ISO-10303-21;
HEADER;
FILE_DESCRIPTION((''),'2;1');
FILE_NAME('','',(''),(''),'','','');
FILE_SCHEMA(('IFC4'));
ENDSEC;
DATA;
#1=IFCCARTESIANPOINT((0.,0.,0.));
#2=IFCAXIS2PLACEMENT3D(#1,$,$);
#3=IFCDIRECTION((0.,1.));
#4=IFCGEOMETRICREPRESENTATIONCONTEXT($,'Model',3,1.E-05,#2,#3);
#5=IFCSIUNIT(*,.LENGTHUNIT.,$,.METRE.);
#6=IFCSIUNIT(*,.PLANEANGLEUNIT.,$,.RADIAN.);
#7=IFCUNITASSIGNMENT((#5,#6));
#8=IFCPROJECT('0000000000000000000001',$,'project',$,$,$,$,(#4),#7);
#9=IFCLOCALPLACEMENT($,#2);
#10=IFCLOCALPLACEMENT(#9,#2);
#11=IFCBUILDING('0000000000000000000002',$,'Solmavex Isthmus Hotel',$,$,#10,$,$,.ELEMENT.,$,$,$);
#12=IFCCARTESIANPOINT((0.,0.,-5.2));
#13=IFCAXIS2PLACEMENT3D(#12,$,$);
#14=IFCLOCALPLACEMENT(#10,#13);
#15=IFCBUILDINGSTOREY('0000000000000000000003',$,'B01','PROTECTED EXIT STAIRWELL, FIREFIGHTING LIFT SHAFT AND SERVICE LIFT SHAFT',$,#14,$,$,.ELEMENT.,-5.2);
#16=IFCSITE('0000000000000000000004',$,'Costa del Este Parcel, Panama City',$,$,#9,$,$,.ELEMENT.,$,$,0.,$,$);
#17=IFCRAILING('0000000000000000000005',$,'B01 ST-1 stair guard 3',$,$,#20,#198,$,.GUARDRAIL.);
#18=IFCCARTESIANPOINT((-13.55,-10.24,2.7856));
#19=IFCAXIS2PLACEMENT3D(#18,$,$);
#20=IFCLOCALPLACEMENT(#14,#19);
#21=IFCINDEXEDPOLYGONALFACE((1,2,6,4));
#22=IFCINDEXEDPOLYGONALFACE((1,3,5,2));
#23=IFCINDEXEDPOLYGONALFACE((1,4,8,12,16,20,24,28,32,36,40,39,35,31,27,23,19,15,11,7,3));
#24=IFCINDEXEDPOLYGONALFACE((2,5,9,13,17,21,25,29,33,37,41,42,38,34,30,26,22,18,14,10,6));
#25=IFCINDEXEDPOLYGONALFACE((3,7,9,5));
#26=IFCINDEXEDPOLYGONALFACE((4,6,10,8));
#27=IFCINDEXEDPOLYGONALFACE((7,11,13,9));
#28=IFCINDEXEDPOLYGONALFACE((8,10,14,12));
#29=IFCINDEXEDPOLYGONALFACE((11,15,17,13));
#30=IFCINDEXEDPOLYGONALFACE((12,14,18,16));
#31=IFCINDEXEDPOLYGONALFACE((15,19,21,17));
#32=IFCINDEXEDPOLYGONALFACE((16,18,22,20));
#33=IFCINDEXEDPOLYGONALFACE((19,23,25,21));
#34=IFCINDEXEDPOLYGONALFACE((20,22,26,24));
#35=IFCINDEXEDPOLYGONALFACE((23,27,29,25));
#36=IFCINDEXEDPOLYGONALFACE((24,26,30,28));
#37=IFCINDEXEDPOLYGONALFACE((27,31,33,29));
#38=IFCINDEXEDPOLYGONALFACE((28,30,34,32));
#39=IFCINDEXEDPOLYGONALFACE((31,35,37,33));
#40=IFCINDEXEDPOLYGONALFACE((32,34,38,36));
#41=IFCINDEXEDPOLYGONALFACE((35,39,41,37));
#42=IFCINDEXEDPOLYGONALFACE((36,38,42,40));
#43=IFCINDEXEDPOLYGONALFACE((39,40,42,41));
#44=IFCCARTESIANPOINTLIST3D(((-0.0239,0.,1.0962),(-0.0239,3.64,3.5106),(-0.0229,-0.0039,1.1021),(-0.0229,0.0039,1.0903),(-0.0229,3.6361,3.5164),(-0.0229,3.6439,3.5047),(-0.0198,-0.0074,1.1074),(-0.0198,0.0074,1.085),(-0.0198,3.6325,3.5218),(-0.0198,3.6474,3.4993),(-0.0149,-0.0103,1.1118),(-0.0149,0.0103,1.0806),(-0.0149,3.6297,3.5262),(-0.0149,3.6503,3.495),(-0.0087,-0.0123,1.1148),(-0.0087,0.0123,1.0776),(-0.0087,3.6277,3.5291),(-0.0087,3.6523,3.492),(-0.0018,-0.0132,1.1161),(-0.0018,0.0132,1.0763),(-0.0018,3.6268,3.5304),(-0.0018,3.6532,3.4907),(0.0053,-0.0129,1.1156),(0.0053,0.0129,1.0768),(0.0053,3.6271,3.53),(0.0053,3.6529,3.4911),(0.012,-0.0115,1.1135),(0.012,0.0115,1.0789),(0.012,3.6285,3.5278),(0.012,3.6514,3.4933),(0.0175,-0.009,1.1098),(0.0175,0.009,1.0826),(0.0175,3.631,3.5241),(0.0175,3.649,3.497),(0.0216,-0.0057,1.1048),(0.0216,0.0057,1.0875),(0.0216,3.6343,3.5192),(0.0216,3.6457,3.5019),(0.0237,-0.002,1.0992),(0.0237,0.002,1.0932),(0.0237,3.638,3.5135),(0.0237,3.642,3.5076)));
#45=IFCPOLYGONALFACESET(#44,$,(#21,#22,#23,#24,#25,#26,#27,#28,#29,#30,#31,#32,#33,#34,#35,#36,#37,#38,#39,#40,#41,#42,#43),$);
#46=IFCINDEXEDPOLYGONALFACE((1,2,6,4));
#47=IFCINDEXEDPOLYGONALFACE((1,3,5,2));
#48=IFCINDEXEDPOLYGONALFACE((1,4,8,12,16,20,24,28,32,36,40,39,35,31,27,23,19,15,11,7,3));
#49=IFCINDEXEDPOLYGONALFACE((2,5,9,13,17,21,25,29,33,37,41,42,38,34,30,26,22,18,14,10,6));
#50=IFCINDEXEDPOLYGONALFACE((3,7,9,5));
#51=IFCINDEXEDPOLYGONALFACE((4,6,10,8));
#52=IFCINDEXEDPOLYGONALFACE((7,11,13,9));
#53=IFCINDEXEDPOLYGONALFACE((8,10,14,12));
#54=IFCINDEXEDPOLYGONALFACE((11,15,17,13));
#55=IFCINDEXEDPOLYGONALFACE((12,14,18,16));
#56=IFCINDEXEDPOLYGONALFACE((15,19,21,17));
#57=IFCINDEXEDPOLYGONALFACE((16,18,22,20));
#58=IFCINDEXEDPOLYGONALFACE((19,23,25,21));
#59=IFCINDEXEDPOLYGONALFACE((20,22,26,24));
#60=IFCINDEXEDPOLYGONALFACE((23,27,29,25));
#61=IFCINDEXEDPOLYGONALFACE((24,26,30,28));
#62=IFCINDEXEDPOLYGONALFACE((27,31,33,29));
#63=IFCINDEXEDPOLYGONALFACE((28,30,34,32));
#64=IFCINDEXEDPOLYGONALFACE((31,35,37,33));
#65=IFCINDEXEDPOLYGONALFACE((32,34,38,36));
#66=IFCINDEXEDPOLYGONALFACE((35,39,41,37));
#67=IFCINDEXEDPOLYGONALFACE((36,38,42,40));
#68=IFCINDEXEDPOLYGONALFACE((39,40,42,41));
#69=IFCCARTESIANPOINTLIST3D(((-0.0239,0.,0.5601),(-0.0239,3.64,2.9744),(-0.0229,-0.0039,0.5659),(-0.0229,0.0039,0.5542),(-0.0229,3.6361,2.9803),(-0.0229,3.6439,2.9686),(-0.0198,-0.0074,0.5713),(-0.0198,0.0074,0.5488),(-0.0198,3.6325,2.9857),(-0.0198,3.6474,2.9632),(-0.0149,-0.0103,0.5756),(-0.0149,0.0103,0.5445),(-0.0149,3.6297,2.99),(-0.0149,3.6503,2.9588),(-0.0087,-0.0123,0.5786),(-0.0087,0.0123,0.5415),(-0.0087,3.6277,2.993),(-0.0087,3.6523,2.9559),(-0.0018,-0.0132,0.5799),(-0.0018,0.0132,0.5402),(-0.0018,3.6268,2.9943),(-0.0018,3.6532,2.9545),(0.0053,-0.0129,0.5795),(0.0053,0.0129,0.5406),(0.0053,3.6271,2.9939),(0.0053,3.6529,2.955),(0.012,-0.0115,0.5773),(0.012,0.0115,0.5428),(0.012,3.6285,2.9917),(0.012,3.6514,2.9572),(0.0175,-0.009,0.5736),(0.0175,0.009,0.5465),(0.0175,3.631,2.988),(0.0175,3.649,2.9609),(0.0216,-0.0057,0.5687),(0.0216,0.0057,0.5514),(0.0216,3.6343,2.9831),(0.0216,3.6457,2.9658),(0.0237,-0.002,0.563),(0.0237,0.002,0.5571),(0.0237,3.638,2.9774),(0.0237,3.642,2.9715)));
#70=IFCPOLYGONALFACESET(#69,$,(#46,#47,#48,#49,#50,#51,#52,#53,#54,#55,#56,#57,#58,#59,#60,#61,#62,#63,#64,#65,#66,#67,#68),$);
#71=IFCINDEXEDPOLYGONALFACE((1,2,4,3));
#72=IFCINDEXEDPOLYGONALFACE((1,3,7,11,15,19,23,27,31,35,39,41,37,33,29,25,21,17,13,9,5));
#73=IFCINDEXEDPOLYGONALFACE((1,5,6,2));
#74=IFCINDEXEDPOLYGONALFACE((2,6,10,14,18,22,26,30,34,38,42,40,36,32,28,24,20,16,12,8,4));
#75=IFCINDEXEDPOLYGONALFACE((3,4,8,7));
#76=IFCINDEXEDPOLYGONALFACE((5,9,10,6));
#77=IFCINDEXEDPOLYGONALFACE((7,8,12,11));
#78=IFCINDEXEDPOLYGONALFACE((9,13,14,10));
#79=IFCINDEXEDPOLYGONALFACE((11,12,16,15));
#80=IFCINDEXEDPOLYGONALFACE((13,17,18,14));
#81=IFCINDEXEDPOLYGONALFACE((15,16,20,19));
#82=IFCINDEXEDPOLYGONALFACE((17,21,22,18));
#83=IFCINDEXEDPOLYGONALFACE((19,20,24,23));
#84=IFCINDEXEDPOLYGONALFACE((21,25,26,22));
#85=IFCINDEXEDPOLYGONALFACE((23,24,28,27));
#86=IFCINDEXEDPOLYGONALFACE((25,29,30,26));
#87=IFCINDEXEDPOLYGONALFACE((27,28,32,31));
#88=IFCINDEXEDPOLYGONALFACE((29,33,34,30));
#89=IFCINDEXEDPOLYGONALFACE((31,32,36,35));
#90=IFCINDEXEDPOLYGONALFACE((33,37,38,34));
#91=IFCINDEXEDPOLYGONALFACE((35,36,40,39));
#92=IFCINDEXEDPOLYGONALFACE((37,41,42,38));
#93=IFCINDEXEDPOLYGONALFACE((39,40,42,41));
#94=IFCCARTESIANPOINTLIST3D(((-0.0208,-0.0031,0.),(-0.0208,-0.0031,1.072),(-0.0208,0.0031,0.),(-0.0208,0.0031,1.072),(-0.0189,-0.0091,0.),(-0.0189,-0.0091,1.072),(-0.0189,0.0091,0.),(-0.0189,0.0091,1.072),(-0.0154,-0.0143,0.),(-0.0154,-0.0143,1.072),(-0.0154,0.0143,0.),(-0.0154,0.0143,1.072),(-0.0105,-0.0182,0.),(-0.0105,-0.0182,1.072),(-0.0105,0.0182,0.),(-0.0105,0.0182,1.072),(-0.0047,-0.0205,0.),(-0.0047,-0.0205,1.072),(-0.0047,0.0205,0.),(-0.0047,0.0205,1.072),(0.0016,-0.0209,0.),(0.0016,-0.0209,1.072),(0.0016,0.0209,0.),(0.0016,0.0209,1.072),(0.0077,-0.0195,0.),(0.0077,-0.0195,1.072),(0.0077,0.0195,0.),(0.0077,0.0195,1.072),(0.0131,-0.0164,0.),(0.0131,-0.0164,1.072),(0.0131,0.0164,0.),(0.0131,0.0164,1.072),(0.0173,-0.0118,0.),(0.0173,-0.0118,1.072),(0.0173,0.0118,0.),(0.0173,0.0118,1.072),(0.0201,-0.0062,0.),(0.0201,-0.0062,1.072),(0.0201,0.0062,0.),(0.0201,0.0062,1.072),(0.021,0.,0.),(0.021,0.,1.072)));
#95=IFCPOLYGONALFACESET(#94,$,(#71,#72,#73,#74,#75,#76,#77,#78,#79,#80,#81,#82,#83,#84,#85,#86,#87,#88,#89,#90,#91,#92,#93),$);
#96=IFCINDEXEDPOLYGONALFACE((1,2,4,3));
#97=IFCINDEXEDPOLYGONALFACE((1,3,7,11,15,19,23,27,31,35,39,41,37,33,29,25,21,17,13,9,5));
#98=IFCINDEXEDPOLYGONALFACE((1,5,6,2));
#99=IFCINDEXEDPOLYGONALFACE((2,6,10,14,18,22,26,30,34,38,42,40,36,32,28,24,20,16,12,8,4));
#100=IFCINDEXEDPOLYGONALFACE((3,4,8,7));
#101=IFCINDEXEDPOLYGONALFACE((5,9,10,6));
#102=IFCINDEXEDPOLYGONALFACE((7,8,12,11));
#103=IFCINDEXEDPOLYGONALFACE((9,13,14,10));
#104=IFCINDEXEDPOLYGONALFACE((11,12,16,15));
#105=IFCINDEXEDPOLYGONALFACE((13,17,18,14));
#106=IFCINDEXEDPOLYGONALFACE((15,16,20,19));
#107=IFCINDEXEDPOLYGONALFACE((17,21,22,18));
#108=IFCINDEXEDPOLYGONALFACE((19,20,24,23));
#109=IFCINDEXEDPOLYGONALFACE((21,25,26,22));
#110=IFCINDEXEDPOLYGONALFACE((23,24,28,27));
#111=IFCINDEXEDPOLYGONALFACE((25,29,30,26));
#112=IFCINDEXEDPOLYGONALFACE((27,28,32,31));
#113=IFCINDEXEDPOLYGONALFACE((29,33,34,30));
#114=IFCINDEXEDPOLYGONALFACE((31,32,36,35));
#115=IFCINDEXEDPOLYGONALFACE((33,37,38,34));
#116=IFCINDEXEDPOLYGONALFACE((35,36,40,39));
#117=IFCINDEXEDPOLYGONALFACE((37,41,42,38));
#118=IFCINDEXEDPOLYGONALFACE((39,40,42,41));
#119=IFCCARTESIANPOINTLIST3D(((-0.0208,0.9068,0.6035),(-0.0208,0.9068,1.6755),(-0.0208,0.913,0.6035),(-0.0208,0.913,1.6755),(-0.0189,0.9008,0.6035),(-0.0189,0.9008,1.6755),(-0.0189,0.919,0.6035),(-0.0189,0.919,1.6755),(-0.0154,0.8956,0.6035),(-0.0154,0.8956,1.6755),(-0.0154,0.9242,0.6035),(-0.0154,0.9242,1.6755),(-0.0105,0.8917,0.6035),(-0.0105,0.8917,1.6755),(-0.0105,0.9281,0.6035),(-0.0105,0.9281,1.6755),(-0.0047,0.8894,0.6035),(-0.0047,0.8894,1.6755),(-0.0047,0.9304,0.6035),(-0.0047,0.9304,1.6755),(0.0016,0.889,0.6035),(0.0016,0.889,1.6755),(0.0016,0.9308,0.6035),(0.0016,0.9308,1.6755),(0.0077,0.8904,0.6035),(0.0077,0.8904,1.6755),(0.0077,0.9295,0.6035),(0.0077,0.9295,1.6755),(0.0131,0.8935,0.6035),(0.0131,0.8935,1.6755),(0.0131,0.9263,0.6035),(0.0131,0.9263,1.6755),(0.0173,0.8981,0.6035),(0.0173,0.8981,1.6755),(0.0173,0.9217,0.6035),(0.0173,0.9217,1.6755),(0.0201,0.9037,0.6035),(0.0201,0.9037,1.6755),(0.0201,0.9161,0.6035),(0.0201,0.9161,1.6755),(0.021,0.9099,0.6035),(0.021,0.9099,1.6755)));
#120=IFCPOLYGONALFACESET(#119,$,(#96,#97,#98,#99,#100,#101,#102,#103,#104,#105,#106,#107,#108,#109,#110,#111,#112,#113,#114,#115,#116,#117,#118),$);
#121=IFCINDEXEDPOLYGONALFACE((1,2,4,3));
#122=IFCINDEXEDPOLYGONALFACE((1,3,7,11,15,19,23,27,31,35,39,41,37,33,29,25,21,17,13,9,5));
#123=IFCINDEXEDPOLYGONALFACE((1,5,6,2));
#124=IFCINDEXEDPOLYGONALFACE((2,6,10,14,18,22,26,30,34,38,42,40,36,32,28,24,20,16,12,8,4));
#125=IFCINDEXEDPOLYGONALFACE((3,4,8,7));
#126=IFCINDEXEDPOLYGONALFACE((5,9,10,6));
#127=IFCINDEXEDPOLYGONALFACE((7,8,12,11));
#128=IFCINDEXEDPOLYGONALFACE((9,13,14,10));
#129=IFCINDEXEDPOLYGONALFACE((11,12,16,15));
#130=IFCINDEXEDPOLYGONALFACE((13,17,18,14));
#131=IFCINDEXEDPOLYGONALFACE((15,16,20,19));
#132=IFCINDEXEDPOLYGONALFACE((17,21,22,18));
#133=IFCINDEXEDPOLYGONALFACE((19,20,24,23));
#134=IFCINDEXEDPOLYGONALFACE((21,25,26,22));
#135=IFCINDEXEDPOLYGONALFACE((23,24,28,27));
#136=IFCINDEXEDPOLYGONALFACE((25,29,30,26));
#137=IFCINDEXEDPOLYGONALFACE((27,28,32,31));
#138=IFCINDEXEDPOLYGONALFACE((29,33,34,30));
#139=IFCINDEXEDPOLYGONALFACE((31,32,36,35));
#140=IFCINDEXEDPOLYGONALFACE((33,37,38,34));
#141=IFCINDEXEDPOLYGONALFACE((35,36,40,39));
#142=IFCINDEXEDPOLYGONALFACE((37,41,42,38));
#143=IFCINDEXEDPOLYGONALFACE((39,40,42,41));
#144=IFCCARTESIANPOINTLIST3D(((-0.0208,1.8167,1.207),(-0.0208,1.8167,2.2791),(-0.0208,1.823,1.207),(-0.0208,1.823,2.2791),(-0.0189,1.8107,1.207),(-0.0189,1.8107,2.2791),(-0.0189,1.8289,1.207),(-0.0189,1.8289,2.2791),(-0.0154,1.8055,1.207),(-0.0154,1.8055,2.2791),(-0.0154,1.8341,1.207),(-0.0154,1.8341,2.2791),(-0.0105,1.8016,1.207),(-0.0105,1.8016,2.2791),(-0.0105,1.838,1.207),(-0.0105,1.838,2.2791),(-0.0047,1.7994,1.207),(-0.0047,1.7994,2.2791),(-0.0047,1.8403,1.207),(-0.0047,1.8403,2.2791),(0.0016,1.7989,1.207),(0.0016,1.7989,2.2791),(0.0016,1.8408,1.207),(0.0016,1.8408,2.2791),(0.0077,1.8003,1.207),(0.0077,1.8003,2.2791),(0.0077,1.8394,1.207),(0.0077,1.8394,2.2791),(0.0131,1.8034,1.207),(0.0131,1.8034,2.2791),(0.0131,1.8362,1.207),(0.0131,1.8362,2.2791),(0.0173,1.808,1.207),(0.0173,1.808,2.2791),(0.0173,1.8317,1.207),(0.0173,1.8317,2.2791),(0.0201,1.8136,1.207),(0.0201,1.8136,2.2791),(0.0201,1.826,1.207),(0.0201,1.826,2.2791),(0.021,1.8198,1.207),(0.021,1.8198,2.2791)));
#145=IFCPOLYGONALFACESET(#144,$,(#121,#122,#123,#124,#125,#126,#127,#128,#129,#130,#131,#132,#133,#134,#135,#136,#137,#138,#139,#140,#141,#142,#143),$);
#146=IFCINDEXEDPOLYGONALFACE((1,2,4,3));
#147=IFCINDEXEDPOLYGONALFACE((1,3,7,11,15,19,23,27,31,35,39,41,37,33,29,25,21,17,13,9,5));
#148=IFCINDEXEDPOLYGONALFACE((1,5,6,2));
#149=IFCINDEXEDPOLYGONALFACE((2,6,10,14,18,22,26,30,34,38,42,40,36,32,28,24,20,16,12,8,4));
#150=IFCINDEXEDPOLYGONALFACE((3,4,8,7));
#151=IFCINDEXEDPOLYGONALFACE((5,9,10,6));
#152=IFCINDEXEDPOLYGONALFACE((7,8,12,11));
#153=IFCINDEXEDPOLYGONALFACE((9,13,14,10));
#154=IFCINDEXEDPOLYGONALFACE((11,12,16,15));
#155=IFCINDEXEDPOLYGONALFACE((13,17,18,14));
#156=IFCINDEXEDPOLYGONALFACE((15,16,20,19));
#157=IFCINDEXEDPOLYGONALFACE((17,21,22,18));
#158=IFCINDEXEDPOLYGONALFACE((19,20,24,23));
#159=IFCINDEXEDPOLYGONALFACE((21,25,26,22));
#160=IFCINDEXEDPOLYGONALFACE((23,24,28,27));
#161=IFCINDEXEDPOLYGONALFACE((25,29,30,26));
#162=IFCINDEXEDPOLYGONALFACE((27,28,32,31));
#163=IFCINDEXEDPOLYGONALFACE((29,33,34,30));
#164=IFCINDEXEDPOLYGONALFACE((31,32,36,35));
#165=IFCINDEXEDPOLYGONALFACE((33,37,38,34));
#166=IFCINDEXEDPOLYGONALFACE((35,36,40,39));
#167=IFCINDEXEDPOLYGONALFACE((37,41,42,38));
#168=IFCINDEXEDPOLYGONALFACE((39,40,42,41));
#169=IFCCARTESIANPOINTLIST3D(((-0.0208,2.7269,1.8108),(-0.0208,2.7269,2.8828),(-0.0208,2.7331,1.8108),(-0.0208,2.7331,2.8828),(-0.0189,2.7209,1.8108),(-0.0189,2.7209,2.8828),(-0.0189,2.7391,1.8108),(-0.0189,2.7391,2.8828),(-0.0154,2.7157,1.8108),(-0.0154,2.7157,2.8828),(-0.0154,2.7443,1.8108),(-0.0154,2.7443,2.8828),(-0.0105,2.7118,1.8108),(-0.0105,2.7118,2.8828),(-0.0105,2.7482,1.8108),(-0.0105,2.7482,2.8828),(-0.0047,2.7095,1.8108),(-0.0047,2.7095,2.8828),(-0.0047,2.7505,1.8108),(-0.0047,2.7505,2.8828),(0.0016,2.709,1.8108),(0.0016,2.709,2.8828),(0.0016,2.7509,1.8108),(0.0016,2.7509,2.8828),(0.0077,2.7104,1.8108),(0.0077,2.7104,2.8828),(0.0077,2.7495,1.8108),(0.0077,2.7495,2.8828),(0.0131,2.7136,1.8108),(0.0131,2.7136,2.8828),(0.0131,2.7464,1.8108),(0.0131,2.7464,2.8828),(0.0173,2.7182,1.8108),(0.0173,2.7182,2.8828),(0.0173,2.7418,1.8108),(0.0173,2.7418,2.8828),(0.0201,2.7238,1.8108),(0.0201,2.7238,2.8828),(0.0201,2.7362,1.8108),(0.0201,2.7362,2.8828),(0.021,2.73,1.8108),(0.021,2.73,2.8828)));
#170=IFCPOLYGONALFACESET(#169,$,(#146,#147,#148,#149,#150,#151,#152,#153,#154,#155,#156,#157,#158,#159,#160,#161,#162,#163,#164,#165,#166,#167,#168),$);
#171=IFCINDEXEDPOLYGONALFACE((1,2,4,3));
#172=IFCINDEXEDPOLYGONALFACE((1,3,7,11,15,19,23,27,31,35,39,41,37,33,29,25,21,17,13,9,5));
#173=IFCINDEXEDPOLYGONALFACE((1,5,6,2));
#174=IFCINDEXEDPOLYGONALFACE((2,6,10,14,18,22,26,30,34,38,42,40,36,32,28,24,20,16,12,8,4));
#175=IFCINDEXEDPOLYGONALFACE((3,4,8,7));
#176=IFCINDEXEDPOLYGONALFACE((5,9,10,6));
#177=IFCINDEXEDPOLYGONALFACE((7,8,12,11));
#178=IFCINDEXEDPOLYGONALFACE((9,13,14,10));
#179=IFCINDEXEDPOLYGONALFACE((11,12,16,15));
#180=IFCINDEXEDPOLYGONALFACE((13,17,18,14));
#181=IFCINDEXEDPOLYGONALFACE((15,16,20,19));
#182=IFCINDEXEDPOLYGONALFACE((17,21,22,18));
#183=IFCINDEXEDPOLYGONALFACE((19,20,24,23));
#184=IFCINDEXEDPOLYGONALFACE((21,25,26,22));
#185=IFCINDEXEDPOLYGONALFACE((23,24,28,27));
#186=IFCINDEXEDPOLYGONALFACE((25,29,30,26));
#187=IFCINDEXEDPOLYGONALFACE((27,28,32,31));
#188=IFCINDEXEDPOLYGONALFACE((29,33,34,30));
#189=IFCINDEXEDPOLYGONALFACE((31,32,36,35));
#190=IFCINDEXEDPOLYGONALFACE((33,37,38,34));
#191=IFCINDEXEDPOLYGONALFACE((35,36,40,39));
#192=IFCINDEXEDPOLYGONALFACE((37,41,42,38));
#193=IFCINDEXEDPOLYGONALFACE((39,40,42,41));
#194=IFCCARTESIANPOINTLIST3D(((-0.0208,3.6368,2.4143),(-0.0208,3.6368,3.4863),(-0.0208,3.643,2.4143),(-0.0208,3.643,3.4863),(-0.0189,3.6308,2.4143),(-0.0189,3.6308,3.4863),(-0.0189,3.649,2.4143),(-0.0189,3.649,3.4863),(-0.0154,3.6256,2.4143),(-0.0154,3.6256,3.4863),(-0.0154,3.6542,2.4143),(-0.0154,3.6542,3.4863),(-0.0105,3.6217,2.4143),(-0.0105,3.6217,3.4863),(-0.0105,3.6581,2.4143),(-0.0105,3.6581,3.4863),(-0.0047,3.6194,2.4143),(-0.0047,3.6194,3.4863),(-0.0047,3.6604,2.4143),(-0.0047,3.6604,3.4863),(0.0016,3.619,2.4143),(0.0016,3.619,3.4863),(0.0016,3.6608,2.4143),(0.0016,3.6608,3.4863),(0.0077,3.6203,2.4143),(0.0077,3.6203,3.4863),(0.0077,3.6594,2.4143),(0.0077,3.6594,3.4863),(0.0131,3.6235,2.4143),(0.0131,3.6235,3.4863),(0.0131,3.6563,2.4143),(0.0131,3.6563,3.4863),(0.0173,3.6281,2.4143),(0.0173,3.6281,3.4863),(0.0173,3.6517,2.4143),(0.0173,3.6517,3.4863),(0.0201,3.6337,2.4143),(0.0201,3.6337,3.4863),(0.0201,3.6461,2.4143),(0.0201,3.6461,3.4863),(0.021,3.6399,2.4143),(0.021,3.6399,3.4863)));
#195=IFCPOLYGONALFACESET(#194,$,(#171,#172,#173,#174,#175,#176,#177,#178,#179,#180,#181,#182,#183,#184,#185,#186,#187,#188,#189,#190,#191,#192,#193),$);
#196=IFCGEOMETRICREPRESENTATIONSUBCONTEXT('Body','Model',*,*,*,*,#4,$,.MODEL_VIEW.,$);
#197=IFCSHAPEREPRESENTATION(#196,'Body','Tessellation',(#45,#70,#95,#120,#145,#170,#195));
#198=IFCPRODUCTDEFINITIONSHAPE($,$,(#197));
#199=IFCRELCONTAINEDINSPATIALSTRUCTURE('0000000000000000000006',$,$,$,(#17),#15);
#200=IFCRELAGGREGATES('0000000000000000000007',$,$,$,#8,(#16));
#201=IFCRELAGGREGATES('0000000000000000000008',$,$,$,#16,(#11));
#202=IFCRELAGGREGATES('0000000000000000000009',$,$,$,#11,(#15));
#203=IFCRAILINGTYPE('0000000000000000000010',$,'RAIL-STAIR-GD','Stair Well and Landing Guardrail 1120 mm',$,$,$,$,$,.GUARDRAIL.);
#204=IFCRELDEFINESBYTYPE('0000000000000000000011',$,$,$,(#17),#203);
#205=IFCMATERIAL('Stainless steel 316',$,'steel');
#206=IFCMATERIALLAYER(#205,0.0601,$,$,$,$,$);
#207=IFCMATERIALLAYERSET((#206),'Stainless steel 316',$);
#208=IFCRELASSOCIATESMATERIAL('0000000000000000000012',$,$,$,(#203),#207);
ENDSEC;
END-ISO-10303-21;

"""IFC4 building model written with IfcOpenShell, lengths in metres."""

from ifc_helpers import new_model, si_unit, direction, frame, origin, origin_2d, place, context, subcontext, project, spatial, circle, extrude, material, layer, layer_set, type_object, element, save


model = new_model("IFC4")

# Units and contexts
model_context = context("Model", 3, precision=1e-05, world=origin(), true_north=direction((0.0, 1.0)))
body_context = subcontext(model_context, "Body", "Model", "MODEL_VIEW")
ifc_project = project(units=[si_unit("LENGTHUNIT", "METRE"), si_unit("PLANEANGLEUNIT", "RADIAN")], contexts=[model_context])

# Site, building, storey
site_placement = place(None, origin())
site = spatial("IfcSite", under=ifc_project, at=site_placement, Name="Costa del Este Parcel, Panama City", CompositionType="ELEMENT", RefElevation=0.0)
building_placement = place(site_placement, origin())
building = spatial("IfcBuilding", under=site, at=building_placement, Name="Solmavex Isthmus Hotel", CompositionType="ELEMENT")
storey_placement = place(building_placement, frame((0.0, 0.0, -5.2)))
storey = spatial("IfcBuildingStorey", under=building, at=storey_placement, Name="B01", Description="PROTECTED EXIT STAIRWELL, FIREFIGHTING LIFT SHAFT AND SERVICE LIFT SHAFT", CompositionType="ELEMENT", Elevation=-5.2)

# Shared definitions
ifc_material_1 = material(Name="Stainless steel 316", Category="steel")

# Railing
ifc_layer_1 = layer(ifc_material_1, 0.0601)
ifc_layer_set_1 = layer_set([ifc_layer_1], Name="Stainless steel 316")
railing_type_1 = type_object("IfcRailingType", Name="RAIL-STAIR-GD", Description="Stair Well and Landing Guardrail 1120 mm", PredefinedType="GUARDRAIL", material=ifc_layer_set_1)
railing_1_placement = place(storey_placement, frame((-13.55, -10.24, 2.7856)))
element("IfcRailing", 1, at=railing_1_placement, inside=storey, type_object=railing_type_1, Name="B01 ST-1 stair guard 3", PredefinedType="GUARDRAIL", context=body_context, shape_type="SweptSolid", body=[
    extrude(circle(Radius=0.0239, at=origin_2d()), frame((0.0, 0.0, 1.0962), z_axis=(0.0, 0.833347, 0.552751), x_axis=(-1.0, 0.0, 0.0)), (0.0, 0.0, 1.0), 4.3679),
    extrude(circle(Radius=0.0239, at=origin_2d()), frame((0.0, 0.0, 0.5601), z_axis=(0.0, 0.833347, 0.552751), x_axis=(-1.0, 0.0, 0.0)), (0.0, 0.0, 1.0), 4.3679),
    extrude(circle(Radius=0.021, at=origin_2d()), origin(), (0.0, 0.0, 1.0), 1.072),
    extrude(circle(Radius=0.021, at=origin_2d()), frame((0.0, 0.9099, 0.6035)), (0.0, 0.0, 1.0), 1.072),
    extrude(circle(Radius=0.021, at=origin_2d()), frame((0.0, 1.8198, 1.207)), (0.0, 0.0, 1.0), 1.072),
    extrude(circle(Radius=0.021, at=origin_2d()), frame((0.0, 2.73, 1.8108)), (0.0, 0.0, 1.0), 1.072),
    extrude(circle(Radius=0.021, at=origin_2d()), frame((0.0, 3.6399, 2.4143)), (0.0, 0.0, 1.0), 1.072),
])

save(model, "model.ifc")
